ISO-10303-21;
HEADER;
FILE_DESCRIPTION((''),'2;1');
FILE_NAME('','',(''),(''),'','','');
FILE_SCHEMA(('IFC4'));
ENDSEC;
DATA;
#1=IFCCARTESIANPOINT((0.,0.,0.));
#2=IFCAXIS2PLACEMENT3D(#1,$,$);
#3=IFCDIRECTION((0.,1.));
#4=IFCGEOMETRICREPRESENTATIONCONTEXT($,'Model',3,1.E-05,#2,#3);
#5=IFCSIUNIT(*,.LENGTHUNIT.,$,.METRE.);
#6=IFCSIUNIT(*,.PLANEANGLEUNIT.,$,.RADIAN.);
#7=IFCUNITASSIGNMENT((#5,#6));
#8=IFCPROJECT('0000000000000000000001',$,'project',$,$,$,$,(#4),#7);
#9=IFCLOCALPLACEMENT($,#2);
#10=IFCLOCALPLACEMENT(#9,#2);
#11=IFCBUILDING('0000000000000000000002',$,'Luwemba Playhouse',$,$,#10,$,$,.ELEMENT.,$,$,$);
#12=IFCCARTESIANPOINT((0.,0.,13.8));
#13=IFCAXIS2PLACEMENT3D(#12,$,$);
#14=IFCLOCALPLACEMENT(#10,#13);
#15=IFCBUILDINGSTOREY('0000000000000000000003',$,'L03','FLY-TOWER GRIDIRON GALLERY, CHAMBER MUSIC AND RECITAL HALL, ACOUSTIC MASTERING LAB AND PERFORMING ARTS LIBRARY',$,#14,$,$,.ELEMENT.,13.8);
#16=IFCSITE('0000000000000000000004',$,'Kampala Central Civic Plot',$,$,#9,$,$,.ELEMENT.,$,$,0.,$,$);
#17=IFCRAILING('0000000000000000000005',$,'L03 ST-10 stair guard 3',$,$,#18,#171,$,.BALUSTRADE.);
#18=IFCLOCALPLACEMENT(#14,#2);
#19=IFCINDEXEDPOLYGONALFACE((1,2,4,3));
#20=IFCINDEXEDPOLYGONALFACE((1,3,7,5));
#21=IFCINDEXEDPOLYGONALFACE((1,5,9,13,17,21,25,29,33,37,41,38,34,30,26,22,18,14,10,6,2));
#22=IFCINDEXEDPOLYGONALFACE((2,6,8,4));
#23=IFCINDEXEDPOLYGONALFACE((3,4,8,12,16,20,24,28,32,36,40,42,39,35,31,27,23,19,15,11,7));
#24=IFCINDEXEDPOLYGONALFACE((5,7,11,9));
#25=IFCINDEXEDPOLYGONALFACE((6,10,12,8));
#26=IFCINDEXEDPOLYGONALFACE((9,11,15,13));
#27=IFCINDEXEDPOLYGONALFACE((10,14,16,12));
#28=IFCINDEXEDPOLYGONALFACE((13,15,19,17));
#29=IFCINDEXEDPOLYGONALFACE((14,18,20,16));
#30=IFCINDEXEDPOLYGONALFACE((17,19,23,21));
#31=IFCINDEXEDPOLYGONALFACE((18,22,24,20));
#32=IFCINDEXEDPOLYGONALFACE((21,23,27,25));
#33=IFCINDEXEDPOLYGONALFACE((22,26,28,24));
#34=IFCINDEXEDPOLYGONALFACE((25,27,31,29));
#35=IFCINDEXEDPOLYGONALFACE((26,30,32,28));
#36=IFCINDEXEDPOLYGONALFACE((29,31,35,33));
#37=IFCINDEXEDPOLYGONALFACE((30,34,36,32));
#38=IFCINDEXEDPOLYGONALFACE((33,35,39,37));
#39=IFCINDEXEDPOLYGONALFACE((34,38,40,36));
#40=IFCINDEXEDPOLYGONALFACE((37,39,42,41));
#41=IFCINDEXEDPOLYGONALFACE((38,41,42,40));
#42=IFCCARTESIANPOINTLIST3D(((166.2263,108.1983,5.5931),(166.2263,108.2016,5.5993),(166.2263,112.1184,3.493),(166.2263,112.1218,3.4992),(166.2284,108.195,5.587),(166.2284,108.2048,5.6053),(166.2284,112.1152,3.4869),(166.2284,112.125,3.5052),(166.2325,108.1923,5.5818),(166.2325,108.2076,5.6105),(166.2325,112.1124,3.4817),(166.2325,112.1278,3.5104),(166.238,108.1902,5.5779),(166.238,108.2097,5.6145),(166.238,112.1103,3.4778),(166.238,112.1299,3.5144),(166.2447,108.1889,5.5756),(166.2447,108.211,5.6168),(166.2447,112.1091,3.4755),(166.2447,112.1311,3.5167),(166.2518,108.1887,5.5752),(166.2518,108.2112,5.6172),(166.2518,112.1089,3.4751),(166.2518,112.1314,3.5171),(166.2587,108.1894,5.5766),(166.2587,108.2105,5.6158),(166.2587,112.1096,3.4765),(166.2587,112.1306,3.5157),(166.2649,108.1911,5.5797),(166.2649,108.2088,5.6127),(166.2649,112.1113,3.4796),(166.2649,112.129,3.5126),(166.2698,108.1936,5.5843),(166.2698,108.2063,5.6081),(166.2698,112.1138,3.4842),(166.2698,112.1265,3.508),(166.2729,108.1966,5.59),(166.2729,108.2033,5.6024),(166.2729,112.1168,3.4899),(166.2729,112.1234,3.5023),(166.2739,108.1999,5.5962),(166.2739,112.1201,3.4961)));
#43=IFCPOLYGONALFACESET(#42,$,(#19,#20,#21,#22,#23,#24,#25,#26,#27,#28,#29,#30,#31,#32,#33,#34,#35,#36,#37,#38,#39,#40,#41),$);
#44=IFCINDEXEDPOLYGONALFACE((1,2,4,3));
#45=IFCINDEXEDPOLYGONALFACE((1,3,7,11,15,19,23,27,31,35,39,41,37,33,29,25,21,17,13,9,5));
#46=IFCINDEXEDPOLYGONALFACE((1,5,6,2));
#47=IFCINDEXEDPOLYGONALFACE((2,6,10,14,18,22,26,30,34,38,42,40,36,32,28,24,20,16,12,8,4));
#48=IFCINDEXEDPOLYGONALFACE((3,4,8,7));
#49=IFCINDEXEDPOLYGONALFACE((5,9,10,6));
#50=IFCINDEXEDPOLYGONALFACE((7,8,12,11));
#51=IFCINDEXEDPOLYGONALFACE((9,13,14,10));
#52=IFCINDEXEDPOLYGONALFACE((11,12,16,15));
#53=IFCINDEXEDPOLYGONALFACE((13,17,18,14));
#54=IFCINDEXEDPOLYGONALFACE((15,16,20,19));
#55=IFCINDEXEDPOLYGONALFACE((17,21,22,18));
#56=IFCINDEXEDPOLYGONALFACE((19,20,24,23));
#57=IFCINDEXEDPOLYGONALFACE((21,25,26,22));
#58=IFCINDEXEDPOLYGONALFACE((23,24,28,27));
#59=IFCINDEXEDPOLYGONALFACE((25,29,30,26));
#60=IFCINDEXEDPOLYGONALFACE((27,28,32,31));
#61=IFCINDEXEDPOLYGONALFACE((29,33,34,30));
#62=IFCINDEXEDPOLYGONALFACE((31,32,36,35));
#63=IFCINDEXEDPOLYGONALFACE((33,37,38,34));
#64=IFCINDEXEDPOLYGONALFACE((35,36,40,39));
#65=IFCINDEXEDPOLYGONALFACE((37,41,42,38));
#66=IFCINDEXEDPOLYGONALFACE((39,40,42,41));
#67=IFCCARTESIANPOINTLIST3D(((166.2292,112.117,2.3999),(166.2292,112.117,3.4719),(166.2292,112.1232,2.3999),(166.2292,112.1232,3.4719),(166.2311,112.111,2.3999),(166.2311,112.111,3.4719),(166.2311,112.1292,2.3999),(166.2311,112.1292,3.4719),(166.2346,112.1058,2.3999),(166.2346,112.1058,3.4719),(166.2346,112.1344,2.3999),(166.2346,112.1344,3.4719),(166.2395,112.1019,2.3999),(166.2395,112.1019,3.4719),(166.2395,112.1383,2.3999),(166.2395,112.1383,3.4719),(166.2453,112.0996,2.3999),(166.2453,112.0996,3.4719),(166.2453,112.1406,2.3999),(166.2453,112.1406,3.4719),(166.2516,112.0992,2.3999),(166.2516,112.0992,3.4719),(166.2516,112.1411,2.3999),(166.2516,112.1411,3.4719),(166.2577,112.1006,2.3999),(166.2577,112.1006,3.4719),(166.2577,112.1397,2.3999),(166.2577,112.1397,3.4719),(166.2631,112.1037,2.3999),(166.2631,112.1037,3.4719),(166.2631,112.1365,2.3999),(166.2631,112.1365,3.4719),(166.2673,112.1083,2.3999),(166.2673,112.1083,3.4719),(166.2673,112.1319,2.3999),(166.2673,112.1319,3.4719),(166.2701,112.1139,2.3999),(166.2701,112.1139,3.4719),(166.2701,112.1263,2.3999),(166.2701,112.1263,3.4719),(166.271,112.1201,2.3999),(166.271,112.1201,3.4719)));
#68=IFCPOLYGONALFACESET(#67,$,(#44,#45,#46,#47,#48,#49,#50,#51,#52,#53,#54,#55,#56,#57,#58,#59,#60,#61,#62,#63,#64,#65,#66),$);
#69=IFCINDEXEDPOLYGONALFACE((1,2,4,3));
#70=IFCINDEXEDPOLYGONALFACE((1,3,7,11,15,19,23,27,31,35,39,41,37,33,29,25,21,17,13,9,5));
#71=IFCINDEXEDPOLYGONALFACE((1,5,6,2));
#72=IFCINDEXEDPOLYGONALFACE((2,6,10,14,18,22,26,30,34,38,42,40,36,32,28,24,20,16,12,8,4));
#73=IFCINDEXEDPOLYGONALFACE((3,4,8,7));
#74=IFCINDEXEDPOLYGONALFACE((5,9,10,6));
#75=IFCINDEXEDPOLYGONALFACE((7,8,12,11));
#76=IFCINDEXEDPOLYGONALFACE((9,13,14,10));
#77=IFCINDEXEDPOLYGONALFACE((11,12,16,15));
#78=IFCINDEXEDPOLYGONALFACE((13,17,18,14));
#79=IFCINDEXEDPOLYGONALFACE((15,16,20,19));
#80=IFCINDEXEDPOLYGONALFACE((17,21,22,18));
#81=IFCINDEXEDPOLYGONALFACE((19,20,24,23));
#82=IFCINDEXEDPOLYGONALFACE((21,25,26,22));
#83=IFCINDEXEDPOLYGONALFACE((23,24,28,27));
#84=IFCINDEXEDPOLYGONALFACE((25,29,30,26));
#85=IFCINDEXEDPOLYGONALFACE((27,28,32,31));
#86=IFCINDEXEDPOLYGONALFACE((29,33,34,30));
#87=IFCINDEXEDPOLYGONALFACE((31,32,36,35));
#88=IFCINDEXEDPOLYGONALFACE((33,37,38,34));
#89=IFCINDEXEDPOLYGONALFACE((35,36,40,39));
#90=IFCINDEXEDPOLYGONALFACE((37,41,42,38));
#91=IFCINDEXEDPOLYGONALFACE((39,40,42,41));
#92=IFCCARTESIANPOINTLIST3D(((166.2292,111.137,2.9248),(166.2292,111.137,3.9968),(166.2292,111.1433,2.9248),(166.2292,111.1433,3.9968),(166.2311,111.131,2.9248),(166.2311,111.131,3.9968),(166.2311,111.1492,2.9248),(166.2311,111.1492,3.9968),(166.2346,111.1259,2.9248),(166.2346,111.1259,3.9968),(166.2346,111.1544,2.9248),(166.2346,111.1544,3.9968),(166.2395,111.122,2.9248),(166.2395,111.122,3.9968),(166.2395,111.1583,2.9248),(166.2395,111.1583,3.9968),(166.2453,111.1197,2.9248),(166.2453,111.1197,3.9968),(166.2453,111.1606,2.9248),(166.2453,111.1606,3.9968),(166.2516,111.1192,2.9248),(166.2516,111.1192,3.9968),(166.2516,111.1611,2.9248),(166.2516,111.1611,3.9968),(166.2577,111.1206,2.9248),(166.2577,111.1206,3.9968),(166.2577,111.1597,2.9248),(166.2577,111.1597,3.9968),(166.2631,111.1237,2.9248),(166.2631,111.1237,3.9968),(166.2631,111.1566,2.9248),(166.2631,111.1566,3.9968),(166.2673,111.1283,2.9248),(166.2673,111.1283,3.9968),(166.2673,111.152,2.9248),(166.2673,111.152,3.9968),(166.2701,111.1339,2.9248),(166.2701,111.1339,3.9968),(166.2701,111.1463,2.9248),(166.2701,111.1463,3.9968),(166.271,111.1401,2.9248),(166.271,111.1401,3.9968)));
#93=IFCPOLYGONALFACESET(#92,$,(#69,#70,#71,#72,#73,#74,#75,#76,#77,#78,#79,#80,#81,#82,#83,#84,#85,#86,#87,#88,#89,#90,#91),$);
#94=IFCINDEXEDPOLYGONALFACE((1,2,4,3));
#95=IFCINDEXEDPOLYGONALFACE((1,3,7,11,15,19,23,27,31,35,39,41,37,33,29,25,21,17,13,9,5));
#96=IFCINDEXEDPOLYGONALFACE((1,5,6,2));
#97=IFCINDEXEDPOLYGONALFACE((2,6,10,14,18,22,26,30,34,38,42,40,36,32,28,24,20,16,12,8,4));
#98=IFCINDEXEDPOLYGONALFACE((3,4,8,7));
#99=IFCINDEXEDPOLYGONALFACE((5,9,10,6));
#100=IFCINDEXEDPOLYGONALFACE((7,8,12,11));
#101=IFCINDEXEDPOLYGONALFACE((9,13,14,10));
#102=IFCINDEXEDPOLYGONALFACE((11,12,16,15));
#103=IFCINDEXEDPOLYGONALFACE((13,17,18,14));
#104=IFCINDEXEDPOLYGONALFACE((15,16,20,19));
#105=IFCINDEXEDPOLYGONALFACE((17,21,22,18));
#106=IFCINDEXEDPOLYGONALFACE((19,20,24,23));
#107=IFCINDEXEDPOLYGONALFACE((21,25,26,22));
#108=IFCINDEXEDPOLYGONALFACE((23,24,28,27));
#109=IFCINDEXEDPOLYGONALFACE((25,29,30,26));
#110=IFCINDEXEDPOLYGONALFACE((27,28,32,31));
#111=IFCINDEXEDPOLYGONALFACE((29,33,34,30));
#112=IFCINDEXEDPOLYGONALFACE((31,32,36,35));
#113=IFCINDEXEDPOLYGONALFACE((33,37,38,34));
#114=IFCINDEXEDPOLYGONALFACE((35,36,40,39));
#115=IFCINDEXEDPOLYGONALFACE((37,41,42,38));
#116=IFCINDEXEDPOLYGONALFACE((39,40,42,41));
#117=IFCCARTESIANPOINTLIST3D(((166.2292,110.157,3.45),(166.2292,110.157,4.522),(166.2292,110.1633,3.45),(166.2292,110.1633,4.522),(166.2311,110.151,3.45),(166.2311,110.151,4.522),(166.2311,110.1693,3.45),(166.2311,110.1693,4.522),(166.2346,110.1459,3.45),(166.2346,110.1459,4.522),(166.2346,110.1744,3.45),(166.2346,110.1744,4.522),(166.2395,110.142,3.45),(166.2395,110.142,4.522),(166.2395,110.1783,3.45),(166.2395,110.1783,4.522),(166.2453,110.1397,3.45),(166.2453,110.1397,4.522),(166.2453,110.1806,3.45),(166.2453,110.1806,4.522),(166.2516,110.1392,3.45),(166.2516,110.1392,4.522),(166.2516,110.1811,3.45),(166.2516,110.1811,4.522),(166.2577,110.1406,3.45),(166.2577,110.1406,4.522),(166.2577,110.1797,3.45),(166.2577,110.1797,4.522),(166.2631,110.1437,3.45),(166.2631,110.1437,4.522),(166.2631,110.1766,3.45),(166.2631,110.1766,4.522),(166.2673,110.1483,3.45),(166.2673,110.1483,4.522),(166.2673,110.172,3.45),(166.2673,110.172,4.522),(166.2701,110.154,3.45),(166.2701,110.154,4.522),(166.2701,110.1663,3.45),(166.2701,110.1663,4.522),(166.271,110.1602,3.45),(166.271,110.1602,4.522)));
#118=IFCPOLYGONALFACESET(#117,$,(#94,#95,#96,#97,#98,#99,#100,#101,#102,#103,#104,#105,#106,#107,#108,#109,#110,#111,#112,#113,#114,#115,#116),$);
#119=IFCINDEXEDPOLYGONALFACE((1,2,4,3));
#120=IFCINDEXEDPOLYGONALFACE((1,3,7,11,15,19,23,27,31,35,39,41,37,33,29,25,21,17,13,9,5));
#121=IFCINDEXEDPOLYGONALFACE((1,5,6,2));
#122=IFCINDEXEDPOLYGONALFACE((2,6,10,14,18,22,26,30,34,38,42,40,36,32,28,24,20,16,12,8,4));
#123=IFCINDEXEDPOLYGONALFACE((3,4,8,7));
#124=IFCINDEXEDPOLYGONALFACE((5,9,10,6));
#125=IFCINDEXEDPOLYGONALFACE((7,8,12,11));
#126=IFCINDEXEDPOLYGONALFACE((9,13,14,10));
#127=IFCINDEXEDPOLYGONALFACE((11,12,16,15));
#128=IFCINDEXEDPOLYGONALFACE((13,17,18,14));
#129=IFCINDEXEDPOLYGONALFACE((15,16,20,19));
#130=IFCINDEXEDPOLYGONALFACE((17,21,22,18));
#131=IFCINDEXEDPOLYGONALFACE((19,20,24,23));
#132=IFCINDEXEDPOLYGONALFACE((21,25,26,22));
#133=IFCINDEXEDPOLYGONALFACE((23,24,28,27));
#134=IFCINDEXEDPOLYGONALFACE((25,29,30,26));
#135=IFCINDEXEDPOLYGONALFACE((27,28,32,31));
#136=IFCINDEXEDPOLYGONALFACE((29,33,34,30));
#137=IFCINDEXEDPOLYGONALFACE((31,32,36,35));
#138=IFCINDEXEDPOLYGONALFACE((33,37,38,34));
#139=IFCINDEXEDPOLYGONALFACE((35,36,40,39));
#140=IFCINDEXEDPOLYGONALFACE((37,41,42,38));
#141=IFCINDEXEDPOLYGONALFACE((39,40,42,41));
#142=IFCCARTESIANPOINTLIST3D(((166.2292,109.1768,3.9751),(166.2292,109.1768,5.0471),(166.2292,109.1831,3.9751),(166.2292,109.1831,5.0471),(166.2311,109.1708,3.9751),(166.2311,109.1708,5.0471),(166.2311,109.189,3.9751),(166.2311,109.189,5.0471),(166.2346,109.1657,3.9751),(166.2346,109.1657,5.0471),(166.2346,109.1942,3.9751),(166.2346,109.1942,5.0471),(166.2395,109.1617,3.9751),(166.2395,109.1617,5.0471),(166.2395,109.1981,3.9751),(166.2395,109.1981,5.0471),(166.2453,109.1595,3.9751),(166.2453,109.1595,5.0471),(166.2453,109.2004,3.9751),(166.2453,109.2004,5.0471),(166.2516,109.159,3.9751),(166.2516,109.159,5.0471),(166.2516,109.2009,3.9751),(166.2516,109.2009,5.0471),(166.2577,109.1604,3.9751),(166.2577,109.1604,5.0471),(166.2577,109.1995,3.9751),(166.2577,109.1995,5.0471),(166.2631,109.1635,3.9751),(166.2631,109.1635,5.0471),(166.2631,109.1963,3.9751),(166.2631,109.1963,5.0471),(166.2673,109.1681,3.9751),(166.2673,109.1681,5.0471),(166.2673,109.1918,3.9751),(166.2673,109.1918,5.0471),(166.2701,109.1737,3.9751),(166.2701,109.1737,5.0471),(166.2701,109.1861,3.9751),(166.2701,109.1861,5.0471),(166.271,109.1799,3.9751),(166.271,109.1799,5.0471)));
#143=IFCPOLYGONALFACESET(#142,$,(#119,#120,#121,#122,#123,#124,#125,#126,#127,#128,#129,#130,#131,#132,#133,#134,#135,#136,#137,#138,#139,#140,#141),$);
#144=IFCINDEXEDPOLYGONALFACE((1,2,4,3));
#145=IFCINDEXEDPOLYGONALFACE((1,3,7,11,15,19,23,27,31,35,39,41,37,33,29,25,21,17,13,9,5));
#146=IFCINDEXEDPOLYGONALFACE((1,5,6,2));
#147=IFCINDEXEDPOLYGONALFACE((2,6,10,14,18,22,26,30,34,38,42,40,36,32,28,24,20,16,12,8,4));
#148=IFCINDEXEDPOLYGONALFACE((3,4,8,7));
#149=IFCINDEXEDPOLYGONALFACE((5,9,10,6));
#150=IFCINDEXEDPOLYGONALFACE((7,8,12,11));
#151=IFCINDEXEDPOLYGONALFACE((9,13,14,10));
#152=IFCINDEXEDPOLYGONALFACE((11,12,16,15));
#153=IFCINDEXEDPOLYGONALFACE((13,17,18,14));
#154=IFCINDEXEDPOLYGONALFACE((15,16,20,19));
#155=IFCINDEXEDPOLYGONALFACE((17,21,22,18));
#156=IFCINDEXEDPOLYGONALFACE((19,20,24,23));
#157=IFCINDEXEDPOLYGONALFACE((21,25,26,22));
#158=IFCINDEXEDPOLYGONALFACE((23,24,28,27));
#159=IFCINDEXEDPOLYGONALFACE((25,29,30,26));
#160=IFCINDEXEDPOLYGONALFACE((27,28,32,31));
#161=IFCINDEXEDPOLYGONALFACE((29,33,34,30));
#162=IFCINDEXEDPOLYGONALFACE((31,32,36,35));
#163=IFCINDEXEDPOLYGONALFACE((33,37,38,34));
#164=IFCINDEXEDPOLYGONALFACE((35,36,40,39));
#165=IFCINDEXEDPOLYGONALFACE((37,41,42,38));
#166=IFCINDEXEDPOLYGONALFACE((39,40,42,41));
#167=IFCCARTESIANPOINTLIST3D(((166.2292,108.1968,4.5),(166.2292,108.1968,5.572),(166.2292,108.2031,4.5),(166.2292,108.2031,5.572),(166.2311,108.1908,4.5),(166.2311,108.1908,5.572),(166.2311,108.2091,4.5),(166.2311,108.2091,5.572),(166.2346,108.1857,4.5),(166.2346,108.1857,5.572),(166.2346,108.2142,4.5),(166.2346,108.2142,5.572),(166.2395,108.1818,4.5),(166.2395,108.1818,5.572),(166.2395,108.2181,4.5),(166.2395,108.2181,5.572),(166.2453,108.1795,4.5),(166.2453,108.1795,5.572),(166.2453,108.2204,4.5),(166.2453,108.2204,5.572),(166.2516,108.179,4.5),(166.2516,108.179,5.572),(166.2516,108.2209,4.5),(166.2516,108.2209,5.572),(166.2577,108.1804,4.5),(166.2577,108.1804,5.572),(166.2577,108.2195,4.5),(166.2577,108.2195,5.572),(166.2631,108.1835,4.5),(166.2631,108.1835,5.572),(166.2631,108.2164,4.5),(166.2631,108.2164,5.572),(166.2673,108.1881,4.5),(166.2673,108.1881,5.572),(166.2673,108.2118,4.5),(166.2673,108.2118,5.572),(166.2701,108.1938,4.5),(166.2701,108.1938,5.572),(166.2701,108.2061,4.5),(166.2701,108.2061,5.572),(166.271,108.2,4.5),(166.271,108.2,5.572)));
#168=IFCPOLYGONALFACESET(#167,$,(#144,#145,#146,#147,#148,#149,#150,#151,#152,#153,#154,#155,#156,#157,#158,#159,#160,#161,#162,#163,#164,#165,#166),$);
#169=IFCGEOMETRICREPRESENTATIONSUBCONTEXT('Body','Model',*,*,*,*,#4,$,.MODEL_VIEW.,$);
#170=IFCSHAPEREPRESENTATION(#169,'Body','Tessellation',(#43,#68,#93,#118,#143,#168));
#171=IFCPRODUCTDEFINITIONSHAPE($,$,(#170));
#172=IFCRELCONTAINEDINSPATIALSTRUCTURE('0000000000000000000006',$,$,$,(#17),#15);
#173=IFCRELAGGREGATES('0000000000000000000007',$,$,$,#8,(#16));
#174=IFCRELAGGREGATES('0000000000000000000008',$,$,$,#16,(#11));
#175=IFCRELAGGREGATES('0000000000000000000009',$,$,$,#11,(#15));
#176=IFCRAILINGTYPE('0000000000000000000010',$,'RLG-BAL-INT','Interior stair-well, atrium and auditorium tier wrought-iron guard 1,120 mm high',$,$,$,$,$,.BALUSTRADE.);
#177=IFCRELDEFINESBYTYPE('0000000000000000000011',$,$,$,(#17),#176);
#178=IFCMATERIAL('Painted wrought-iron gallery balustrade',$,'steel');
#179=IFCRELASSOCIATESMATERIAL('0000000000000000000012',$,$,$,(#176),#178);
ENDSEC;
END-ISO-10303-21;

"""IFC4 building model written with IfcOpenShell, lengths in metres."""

from ifc_helpers import new_model, si_unit, direction, frame, origin, origin_2d, place, context, subcontext, project, spatial, circle, extrude, material, type_object, element, save


model = new_model("IFC4")

# Units and contexts
model_context = context("Model", 3, precision=1e-05, world=origin(), true_north=direction((0.0, 1.0)))
body_context = subcontext(model_context, "Body", "Model", "MODEL_VIEW")
ifc_project = project(units=[si_unit("LENGTHUNIT", "METRE"), si_unit("PLANEANGLEUNIT", "RADIAN")], contexts=[model_context])

# Site, building, storey
site_placement = place(None, origin())
site = spatial("IfcSite", under=ifc_project, at=site_placement, Name="Kampala Central Civic Plot", CompositionType="ELEMENT", RefElevation=0.0)
building_placement = place(site_placement, origin())
building = spatial("IfcBuilding", under=site, at=building_placement, Name="Luwemba Playhouse", CompositionType="ELEMENT")
storey_placement = place(building_placement, frame((0.0, 0.0, 13.8)))
storey = spatial("IfcBuildingStorey", under=building, at=storey_placement, Name="L03", Description="FLY-TOWER GRIDIRON GALLERY, CHAMBER MUSIC AND RECITAL HALL, ACOUSTIC MASTERING LAB AND PERFORMING ARTS LIBRARY", CompositionType="ELEMENT", Elevation=13.8)

# Railing
ifc_material_1 = material(Name="Painted wrought-iron gallery balustrade", Category="steel")
railing_type_1 = type_object("IfcRailingType", Name="RLG-BAL-INT", Description="Interior stair-well, atrium and auditorium tier wrought-iron guard 1,120 mm high", PredefinedType="BALUSTRADE", material=ifc_material_1)
railing_1_placement = place(storey_placement, frame((166.25, 112.1201, 2.3999)))
element("IfcRailing", 1, at=railing_1_placement, inside=storey, type_object=railing_type_1, Name="L03 ST-10 stair guard 3", PredefinedType="BALUSTRADE", context=body_context, shape_type="SweptSolid", body=[
    extrude(circle(Radius=0.0239, at=origin_2d()), frame((0.0, 0.0, 1.0962), z_axis=(0.0, -0.881479, 0.472223), x_axis=(1.0, 0.0, 0.0)), (0.0, 0.0, 1.0), 4.4473),
    extrude(circle(Radius=0.021, at=origin_2d()), origin(), (0.0, 0.0, 1.0), 1.072),
    extrude(circle(Radius=0.021, at=origin_2d()), frame((0.0, -0.98, 0.5249)), (0.0, 0.0, 1.0), 1.072),
    extrude(circle(Radius=0.021, at=origin_2d()), frame((0.0, -1.96, 1.05)), (0.0, 0.0, 1.0), 1.072),
    extrude(circle(Radius=0.021, at=origin_2d()), frame((0.0, -2.9402, 1.5752)), (0.0, 0.0, 1.0), 1.072),
    extrude(circle(Radius=0.021, at=origin_2d()), frame((0.0, -3.9202, 2.1001)), (0.0, 0.0, 1.0), 1.072),
])

save(model, "model.ifc")
